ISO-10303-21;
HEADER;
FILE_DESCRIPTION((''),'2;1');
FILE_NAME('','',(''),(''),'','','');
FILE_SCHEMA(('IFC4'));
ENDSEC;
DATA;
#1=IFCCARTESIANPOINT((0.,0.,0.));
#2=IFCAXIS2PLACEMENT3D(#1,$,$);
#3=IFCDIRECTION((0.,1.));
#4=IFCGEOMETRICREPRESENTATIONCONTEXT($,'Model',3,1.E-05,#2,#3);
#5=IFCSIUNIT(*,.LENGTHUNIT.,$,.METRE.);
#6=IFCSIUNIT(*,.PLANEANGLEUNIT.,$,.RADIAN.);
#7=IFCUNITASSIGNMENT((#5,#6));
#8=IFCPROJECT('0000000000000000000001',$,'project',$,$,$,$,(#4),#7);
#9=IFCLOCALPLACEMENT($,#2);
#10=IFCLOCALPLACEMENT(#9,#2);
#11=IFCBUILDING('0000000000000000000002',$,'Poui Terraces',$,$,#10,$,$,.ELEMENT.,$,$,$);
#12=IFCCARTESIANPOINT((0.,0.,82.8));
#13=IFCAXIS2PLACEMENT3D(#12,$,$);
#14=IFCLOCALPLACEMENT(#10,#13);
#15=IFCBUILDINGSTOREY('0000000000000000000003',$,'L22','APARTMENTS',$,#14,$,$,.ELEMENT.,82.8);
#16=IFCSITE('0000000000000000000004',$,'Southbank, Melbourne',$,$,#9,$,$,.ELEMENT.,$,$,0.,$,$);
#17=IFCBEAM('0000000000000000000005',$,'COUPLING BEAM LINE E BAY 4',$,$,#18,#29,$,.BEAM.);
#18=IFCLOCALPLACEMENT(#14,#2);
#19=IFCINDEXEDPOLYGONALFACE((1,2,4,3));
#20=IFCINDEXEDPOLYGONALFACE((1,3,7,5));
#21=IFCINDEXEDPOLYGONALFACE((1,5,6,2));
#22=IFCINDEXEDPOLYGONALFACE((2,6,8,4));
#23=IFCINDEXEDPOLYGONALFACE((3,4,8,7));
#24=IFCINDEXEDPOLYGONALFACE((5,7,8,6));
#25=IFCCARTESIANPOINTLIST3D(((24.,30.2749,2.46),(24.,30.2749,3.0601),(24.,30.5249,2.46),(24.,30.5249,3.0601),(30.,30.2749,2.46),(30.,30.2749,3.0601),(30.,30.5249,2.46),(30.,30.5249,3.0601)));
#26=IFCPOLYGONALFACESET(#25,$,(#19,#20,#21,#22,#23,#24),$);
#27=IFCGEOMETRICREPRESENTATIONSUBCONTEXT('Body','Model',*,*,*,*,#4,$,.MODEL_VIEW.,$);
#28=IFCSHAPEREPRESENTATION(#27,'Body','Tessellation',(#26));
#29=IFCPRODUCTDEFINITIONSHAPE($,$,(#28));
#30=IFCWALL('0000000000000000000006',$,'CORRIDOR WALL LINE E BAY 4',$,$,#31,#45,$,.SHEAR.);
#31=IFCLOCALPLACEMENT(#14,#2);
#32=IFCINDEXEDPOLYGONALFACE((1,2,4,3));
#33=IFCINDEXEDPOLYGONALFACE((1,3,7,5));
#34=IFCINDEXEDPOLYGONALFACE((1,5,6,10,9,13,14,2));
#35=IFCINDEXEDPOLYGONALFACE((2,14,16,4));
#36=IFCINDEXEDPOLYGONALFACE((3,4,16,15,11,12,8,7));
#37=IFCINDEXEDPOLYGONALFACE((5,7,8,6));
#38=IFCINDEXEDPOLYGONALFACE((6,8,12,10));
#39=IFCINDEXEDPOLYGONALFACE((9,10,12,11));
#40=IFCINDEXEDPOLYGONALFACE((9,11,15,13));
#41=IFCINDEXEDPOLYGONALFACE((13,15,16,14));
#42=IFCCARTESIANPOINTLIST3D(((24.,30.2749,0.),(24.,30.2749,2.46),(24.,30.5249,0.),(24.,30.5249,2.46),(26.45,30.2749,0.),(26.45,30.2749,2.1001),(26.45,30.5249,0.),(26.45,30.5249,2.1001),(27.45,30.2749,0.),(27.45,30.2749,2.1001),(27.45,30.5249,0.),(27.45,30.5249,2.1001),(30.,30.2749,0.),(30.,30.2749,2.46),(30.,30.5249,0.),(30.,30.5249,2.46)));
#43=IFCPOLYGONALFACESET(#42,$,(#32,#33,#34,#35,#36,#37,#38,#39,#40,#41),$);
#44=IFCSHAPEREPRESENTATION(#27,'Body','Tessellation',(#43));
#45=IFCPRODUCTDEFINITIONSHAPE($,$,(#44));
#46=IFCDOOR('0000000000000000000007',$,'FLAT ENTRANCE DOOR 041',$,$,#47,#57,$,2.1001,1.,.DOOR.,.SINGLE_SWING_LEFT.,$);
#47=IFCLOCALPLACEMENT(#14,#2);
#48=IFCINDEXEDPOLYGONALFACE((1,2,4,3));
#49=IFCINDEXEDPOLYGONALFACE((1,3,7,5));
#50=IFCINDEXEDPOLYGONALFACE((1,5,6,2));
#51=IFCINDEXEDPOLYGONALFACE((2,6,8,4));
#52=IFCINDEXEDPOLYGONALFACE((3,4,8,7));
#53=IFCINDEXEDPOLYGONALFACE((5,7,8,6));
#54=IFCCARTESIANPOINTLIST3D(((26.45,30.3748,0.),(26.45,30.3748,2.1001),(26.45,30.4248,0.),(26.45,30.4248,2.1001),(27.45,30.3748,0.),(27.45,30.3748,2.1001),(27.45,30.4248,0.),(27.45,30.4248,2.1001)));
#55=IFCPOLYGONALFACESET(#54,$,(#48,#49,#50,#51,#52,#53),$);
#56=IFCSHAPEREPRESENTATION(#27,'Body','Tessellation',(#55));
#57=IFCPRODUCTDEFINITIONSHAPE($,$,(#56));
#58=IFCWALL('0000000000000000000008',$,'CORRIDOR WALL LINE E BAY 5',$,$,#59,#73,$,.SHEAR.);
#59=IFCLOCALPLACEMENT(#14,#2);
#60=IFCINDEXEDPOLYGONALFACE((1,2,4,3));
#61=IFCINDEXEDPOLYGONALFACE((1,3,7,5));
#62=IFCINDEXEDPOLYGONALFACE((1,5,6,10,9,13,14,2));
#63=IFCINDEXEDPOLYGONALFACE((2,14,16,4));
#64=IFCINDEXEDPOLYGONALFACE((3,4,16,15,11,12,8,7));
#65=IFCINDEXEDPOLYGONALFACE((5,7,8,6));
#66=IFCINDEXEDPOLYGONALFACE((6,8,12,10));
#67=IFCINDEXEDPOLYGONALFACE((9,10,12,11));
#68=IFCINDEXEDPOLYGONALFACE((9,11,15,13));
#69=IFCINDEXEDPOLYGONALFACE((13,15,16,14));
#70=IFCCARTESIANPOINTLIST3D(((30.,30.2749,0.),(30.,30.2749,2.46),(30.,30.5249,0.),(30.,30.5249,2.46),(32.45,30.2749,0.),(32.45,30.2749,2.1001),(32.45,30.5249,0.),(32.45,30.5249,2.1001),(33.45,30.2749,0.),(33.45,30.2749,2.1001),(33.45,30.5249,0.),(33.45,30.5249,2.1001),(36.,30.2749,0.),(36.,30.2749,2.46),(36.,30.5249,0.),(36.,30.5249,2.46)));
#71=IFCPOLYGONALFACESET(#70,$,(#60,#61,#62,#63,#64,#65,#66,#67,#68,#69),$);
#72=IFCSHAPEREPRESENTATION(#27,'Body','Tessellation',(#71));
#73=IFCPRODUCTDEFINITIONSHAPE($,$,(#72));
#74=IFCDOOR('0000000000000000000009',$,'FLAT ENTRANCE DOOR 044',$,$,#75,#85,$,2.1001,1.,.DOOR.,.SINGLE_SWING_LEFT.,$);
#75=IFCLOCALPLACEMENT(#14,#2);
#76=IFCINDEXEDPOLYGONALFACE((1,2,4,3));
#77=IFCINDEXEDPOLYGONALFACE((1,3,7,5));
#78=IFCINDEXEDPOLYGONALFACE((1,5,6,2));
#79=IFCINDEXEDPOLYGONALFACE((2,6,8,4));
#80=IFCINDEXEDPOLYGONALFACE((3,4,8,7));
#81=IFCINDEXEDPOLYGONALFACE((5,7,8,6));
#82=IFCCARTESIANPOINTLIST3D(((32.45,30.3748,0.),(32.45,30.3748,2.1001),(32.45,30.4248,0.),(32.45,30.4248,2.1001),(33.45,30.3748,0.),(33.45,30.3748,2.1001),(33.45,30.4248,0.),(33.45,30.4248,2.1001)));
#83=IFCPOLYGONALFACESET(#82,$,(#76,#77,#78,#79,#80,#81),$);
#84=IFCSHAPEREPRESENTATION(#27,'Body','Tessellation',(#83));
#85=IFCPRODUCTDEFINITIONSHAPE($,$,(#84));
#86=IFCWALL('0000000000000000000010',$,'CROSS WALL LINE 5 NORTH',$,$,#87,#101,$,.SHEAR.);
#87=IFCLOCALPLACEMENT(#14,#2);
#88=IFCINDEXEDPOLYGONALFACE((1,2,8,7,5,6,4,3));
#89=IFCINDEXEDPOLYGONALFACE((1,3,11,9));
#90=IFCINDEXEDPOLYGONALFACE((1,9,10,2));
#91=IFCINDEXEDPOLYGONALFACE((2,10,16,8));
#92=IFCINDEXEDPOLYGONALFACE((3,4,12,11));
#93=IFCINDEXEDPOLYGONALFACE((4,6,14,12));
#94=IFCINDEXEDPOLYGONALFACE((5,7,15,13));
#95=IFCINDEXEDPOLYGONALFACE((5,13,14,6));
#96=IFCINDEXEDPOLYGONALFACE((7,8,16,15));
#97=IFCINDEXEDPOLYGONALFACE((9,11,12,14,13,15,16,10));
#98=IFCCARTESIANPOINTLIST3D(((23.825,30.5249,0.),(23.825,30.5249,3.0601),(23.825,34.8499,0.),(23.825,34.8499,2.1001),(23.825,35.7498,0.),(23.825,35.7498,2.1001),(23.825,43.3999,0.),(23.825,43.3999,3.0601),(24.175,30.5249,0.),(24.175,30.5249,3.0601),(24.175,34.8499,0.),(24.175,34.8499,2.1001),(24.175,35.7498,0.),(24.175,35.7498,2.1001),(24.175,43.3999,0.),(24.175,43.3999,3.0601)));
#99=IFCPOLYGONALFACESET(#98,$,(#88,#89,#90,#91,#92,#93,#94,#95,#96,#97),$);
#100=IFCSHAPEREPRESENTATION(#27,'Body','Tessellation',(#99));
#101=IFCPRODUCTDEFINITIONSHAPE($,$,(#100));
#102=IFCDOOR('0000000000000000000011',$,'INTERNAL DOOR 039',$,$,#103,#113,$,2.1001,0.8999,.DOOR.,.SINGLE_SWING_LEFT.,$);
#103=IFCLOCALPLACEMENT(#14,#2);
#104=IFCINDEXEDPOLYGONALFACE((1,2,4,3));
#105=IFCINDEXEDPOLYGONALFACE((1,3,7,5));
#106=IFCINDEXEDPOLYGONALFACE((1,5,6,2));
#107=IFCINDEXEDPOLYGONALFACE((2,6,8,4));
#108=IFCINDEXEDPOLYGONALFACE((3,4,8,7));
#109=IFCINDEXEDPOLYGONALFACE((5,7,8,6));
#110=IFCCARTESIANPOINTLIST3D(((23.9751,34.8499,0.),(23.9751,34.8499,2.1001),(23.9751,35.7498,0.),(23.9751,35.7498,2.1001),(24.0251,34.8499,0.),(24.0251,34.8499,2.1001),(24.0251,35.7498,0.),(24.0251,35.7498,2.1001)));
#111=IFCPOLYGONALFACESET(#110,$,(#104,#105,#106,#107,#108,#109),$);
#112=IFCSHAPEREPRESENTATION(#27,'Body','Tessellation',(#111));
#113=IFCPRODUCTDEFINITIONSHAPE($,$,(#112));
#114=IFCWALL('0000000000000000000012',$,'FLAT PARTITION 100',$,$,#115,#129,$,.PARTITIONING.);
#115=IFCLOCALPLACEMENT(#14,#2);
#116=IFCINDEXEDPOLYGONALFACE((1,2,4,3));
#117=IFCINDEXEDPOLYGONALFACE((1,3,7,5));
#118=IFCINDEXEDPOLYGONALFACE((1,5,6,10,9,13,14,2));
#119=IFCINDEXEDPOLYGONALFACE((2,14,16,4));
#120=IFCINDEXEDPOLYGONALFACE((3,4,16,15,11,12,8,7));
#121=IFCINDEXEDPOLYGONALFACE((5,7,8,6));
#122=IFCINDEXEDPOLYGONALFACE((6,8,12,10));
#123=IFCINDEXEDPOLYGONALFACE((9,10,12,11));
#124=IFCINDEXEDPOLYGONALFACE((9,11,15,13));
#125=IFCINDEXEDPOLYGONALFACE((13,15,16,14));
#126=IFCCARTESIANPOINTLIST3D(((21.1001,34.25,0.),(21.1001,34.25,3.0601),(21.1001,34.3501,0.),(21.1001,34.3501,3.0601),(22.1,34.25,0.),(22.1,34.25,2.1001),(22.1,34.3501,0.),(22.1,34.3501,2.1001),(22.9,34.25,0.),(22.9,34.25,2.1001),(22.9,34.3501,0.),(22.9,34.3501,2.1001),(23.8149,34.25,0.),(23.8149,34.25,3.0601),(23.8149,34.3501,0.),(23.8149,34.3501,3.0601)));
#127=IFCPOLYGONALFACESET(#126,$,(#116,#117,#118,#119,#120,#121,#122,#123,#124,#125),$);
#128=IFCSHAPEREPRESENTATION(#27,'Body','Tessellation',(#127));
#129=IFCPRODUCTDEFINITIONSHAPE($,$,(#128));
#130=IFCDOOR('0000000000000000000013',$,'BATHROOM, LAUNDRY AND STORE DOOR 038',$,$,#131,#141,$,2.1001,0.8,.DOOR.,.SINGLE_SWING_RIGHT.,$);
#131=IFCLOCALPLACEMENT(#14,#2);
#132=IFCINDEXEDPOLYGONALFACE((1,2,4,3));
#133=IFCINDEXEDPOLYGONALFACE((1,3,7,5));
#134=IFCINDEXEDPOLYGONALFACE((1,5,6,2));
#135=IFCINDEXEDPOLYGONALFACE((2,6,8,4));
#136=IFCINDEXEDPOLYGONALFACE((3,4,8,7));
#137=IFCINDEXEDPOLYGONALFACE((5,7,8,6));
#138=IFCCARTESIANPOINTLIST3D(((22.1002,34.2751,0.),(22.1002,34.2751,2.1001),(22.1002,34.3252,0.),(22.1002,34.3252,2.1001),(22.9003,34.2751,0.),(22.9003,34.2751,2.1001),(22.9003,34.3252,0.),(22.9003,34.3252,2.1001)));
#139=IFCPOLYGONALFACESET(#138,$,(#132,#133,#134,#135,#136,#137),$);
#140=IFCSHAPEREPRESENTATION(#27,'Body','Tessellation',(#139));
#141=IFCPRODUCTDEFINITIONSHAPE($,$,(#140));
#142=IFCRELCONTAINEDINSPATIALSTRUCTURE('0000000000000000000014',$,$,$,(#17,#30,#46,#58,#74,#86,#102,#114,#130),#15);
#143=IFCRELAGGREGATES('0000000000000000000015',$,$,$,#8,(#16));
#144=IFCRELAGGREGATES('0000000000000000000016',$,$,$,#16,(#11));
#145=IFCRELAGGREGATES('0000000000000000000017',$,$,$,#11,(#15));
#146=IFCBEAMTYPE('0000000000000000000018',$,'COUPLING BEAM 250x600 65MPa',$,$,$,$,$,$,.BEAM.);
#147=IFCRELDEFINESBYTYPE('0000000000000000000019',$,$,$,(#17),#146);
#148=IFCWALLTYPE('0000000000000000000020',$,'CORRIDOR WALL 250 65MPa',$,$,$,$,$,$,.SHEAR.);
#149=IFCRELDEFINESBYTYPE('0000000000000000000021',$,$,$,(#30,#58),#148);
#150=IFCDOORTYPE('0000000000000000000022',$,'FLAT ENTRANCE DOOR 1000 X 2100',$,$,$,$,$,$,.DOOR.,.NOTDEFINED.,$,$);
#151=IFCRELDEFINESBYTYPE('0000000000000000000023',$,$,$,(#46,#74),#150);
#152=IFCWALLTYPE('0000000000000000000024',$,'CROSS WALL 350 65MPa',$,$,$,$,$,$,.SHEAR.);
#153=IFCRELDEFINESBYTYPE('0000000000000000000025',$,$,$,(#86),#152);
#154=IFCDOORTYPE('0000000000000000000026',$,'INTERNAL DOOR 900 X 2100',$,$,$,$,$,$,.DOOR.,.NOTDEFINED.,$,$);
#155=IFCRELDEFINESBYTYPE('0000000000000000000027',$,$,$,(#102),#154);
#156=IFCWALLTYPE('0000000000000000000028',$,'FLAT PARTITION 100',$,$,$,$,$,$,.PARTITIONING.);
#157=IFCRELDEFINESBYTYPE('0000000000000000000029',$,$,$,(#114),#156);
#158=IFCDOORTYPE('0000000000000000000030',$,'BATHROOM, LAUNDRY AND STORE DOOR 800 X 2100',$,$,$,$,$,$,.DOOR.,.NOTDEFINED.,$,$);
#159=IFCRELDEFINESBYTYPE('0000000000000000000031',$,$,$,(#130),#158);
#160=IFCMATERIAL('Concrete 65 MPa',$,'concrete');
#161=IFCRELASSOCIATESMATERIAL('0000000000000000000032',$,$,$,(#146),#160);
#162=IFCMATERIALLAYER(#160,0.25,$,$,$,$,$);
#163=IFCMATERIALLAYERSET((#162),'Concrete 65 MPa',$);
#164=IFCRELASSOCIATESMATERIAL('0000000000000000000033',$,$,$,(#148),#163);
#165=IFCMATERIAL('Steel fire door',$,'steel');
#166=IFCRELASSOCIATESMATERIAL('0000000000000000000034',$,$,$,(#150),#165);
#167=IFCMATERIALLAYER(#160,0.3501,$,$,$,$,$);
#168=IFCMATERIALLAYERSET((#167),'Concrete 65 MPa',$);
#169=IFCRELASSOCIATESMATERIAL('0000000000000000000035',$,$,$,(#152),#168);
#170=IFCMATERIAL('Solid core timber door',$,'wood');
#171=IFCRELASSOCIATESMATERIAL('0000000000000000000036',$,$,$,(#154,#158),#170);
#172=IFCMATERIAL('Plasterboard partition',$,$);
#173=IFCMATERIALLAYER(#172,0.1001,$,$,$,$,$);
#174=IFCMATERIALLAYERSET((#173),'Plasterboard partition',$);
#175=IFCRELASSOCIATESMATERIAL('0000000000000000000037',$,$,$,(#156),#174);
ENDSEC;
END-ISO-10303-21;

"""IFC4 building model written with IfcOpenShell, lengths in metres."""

from ifc_helpers import new_model, si_unit, direction, frame, frame_2d, origin, origin_2d, place, context, subcontext, project, spatial, rectangle, extrude, source, transform, mapped, material, layer, layer_set, material_profile, profile_set, type_object, element, fill, save


model = new_model("IFC4")

# Units and contexts
model_context = context("Model", 3, precision=1e-05, world=origin(), true_north=direction((0.0, 1.0)))
body_context = subcontext(model_context, "Body", "Model", "MODEL_VIEW")
ifc_project = project(units=[si_unit("LENGTHUNIT", "METRE"), si_unit("PLANEANGLEUNIT", "RADIAN")], contexts=[model_context])

# Site, building, storey
site_placement = place(None, origin())
site = spatial("IfcSite", under=ifc_project, at=site_placement, Name="Southbank, Melbourne", CompositionType="ELEMENT", RefElevation=0.0)
building_placement = place(site_placement, origin())
building = spatial("IfcBuilding", under=site, at=building_placement, Name="Poui Terraces", CompositionType="ELEMENT")
storey_placement = place(building_placement, frame((0.0, 0.0, 82.8)))
storey = spatial("IfcBuildingStorey", under=building, at=storey_placement, Name="L22", Description="APARTMENTS", CompositionType="ELEMENT", Elevation=82.8)

# Beam
ifc_material_1 = material(Name="Concrete 65 MPa", Category="concrete")
ifc_material_profile_1 = material_profile(ifc_material_1, rectangle(XDim=0.25, YDim=0.6001, at=origin_2d()), Name="RC 250x600")
ifc_profile_set_1 = profile_set([ifc_material_profile_1], Name="Concrete 65 MPa")
beam_type = type_object("IfcBeamType", Name="COUPLING BEAM 250x600 65MPa", PredefinedType="BEAM", material=ifc_profile_set_1)
shared_shape_1 = source(origin(), body_context, "Body", "SweptSolid", [
    extrude(rectangle(XDim=0.25, YDim=0.6001, at=origin_2d()), origin(), (0.0, 0.0, 1.0), 6.0),
])
beam_placement = place(storey_placement, frame((24.0, 30.3999, 2.76), z_axis=(1.0, 0.0, 0.0), x_axis=(0.0, 1.0, 0.0)))
element("IfcBeam", 1, at=beam_placement, inside=storey, type_object=beam_type, Name="COUPLING BEAM LINE E BAY 4", PredefinedType="BEAM", context=body_context, shape_type="MappedRepresentation", body=[
    mapped(shared_shape_1, transform((0.0, 0.0, 0.0))),
])

# Walls, openings, doors
ifc_layer_1 = layer(ifc_material_1, 0.25)
ifc_layer_set_1 = layer_set([ifc_layer_1], Name="Concrete 65 MPa")
wall_type_1 = type_object("IfcWallType", Name="CORRIDOR WALL 250 65MPa", PredefinedType="SHEAR", material=ifc_layer_set_1)
wall_1_placement = place(storey_placement, frame((24.0, 30.3999, 0.0), z_axis=(0.0, 0.0, 1.0), x_axis=(1.0, 0.0, 0.0)))
wall_1 = element("IfcWall", 2, at=wall_1_placement, inside=storey, type_object=wall_type_1, Name="CORRIDOR WALL LINE E BAY 4", PredefinedType="SHEAR", context=body_context, shape_type="SweptSolid", body=[
    extrude(rectangle(XDim=6.0, YDim=0.25, at=frame_2d((3.0, 0.0))), origin(), (0.0, 0.0, 1.0), 2.46),
])
opening_1_placement = place(wall_1_placement, frame((2.45, 0.0, 0.0)))
opening_1 = element("IfcOpeningElement", 3, at=opening_1_placement, cuts=wall_1, PredefinedType="OPENING", context=body_context, shape_type="SweptSolid", body=[
    extrude(rectangle(XDim=1.0, YDim=2.1001, at=frame_2d((0.5, 1.05))), frame((0.0, 0.135, 0.0), z_axis=(0.0, -1.0, 0.0), x_axis=(1.0, 0.0, 0.0)), (0.0, 0.0, 1.0), 0.27),
])
ifc_material_2 = material(Name="Steel fire door", Category="steel")
door_type_1 = type_object("IfcDoorType", Name="FLAT ENTRANCE DOOR 1000 X 2100", OperationType="NOTDEFINED", PredefinedType="DOOR", material=ifc_material_2)
door_1_placement = place(opening_1_placement, origin())
door_1 = element("IfcDoor", 4, at=door_1_placement, inside=storey, type_object=door_type_1, Name="FLAT ENTRANCE DOOR 041", OperationType="SINGLE_SWING_LEFT", OverallHeight=2.1001, OverallWidth=1.0, PredefinedType="DOOR", context=body_context, shape_type="SweptSolid", body=[
    extrude(rectangle(XDim=1.0, YDim=2.1001, at=frame_2d((0.5, 1.05))), frame((0.0, 0.0249, 0.0), z_axis=(0.0, -1.0, 0.0), x_axis=(1.0, 0.0, 0.0)), (0.0, 0.0, 1.0), 0.05),
])
fill(opening_1, door_1)
wall_2_placement = place(storey_placement, frame((30.0, 30.3999, 0.0), z_axis=(0.0, 0.0, 1.0), x_axis=(1.0, 0.0, 0.0)))
wall_2 = element("IfcWall", 5, at=wall_2_placement, inside=storey, type_object=wall_type_1, Name="CORRIDOR WALL LINE E BAY 5", PredefinedType="SHEAR", context=body_context, shape_type="SweptSolid", body=[
    extrude(rectangle(XDim=6.0, YDim=0.25, at=frame_2d((3.0, 0.0))), origin(), (0.0, 0.0, 1.0), 2.46),
])
opening_2_placement = place(wall_2_placement, frame((2.45, 0.0, 0.0)))
opening_2 = element("IfcOpeningElement", 6, at=opening_2_placement, cuts=wall_2, PredefinedType="OPENING", context=body_context, shape_type="SweptSolid", body=[
    extrude(rectangle(XDim=1.0, YDim=2.1001, at=frame_2d((0.5, 1.05))), frame((0.0, 0.135, 0.0), z_axis=(0.0, -1.0, 0.0), x_axis=(1.0, 0.0, 0.0)), (0.0, 0.0, 1.0), 0.27),
])
door_2_placement = place(opening_2_placement, origin())
door_2 = element("IfcDoor", 7, at=door_2_placement, inside=storey, type_object=door_type_1, Name="FLAT ENTRANCE DOOR 044", OperationType="SINGLE_SWING_LEFT", OverallHeight=2.1001, OverallWidth=1.0, PredefinedType="DOOR", context=body_context, shape_type="SweptSolid", body=[
    extrude(rectangle(XDim=1.0, YDim=2.1001, at=frame_2d((0.5, 1.05))), frame((0.0, 0.0249, 0.0), z_axis=(0.0, -1.0, 0.0), x_axis=(1.0, 0.0, 0.0)), (0.0, 0.0, 1.0), 0.05),
])
fill(opening_2, door_2)
ifc_layer_2 = layer(ifc_material_1, 0.3501)
ifc_layer_set_2 = layer_set([ifc_layer_2], Name="Concrete 65 MPa")
wall_type_2 = type_object("IfcWallType", Name="CROSS WALL 350 65MPa", PredefinedType="SHEAR", material=ifc_layer_set_2)
wall_3_placement = place(storey_placement, frame((24.0, 30.5249, 0.0), z_axis=(0.0, 0.0, 1.0), x_axis=(0.0, 1.0, 0.0)))
wall_3 = element("IfcWall", 8, at=wall_3_placement, inside=storey, type_object=wall_type_2, Name="CROSS WALL LINE 5 NORTH", PredefinedType="SHEAR", context=body_context, shape_type="SweptSolid", body=[
    extrude(rectangle(XDim=12.875, YDim=0.3501, at=frame_2d((6.4375, 0.0))), origin(), (0.0, 0.0, 1.0), 3.0601),
])
opening_3_placement = place(wall_3_placement, frame((4.325, 0.0, 0.0)))
opening_3 = element("IfcOpeningElement", 9, at=opening_3_placement, cuts=wall_3, PredefinedType="OPENING", context=body_context, shape_type="SweptSolid", body=[
    extrude(rectangle(XDim=0.8999, YDim=2.1001, at=frame_2d((0.45, 1.05))), frame((0.0, 0.1851, 0.0), z_axis=(0.0, -1.0, 0.0), x_axis=(1.0, 0.0, 0.0)), (0.0, 0.0, 1.0), 0.3701),
])
ifc_material_3 = material(Name="Solid core timber door", Category="wood")
door_type_2 = type_object("IfcDoorType", Name="INTERNAL DOOR 900 X 2100", OperationType="NOTDEFINED", PredefinedType="DOOR", material=ifc_material_3)
door_3_placement = place(opening_3_placement, origin())
door_3 = element("IfcDoor", 10, at=door_3_placement, inside=storey, type_object=door_type_2, Name="INTERNAL DOOR 039", OperationType="SINGLE_SWING_LEFT", OverallHeight=2.1001, OverallWidth=0.8999, PredefinedType="DOOR", context=body_context, shape_type="SweptSolid", body=[
    extrude(rectangle(XDim=0.8999, YDim=2.1001, at=frame_2d((0.45, 1.05))), frame((0.0, 0.0249, 0.0), z_axis=(0.0, -1.0, 0.0), x_axis=(1.0, 0.0, 0.0)), (0.0, 0.0, 1.0), 0.05),
])
fill(opening_3, door_3)
ifc_material_4 = material(Name="Plasterboard partition")
ifc_layer_3 = layer(ifc_material_4, 0.1001)
ifc_layer_set_3 = layer_set([ifc_layer_3], Name="Plasterboard partition")
wall_type_3 = type_object("IfcWallType", Name="FLAT PARTITION 100", PredefinedType="PARTITIONING", material=ifc_layer_set_3)
wall_4_placement = place(storey_placement, frame((21.1001, 34.3, 0.0), z_axis=(0.0, 0.0, 1.0), x_axis=(1.0, 0.0, 0.0)))
wall_4 = element("IfcWall", 11, at=wall_4_placement, inside=storey, type_object=wall_type_3, Name="FLAT PARTITION 100", PredefinedType="PARTITIONING", context=body_context, shape_type="SweptSolid", body=[
    extrude(rectangle(XDim=2.7148, YDim=0.1001, at=frame_2d((1.3574, 0.0))), origin(), (0.0, 0.0, 1.0), 3.0601),
])
opening_4_placement = place(wall_4_placement, frame((1.0, 0.0, 0.0)))
opening_4 = element("IfcOpeningElement", 12, at=opening_4_placement, cuts=wall_4, PredefinedType="OPENING", context=body_context, shape_type="SweptSolid", body=[
    extrude(rectangle(XDim=0.8, YDim=2.1001, at=frame_2d((0.3999, 1.05))), frame((0.0, 0.0601, 0.0), z_axis=(0.0, -1.0, 0.0), x_axis=(1.0, 0.0, 0.0)), (0.0, 0.0, 1.0), 0.1201),
])
door_type_3 = type_object("IfcDoorType", Name="BATHROOM, LAUNDRY AND STORE DOOR 800 X 2100", OperationType="NOTDEFINED", PredefinedType="DOOR", material=ifc_material_3)
door_4_placement = place(opening_4_placement, frame((0.8, 0.0, 0.0), z_axis=(0.0, 0.0, 1.0), x_axis=(-1.0, 0.0, 0.0)))
door_4 = element("IfcDoor", 13, at=door_4_placement, inside=storey, type_object=door_type_3, Name="BATHROOM, LAUNDRY AND STORE DOOR 038", OperationType="SINGLE_SWING_RIGHT", OverallHeight=2.1001, OverallWidth=0.8, PredefinedType="DOOR", context=body_context, shape_type="SweptSolid", body=[
    extrude(rectangle(XDim=0.8, YDim=2.1001, at=frame_2d((0.3999, 1.05))), frame((0.0, 0.0249, 0.0), z_axis=(0.0, -1.0, 0.0), x_axis=(1.0, 0.0, 0.0)), (0.0, 0.0, 1.0), 0.05),
])
fill(opening_4, door_4)

save(model, "model.ifc")
